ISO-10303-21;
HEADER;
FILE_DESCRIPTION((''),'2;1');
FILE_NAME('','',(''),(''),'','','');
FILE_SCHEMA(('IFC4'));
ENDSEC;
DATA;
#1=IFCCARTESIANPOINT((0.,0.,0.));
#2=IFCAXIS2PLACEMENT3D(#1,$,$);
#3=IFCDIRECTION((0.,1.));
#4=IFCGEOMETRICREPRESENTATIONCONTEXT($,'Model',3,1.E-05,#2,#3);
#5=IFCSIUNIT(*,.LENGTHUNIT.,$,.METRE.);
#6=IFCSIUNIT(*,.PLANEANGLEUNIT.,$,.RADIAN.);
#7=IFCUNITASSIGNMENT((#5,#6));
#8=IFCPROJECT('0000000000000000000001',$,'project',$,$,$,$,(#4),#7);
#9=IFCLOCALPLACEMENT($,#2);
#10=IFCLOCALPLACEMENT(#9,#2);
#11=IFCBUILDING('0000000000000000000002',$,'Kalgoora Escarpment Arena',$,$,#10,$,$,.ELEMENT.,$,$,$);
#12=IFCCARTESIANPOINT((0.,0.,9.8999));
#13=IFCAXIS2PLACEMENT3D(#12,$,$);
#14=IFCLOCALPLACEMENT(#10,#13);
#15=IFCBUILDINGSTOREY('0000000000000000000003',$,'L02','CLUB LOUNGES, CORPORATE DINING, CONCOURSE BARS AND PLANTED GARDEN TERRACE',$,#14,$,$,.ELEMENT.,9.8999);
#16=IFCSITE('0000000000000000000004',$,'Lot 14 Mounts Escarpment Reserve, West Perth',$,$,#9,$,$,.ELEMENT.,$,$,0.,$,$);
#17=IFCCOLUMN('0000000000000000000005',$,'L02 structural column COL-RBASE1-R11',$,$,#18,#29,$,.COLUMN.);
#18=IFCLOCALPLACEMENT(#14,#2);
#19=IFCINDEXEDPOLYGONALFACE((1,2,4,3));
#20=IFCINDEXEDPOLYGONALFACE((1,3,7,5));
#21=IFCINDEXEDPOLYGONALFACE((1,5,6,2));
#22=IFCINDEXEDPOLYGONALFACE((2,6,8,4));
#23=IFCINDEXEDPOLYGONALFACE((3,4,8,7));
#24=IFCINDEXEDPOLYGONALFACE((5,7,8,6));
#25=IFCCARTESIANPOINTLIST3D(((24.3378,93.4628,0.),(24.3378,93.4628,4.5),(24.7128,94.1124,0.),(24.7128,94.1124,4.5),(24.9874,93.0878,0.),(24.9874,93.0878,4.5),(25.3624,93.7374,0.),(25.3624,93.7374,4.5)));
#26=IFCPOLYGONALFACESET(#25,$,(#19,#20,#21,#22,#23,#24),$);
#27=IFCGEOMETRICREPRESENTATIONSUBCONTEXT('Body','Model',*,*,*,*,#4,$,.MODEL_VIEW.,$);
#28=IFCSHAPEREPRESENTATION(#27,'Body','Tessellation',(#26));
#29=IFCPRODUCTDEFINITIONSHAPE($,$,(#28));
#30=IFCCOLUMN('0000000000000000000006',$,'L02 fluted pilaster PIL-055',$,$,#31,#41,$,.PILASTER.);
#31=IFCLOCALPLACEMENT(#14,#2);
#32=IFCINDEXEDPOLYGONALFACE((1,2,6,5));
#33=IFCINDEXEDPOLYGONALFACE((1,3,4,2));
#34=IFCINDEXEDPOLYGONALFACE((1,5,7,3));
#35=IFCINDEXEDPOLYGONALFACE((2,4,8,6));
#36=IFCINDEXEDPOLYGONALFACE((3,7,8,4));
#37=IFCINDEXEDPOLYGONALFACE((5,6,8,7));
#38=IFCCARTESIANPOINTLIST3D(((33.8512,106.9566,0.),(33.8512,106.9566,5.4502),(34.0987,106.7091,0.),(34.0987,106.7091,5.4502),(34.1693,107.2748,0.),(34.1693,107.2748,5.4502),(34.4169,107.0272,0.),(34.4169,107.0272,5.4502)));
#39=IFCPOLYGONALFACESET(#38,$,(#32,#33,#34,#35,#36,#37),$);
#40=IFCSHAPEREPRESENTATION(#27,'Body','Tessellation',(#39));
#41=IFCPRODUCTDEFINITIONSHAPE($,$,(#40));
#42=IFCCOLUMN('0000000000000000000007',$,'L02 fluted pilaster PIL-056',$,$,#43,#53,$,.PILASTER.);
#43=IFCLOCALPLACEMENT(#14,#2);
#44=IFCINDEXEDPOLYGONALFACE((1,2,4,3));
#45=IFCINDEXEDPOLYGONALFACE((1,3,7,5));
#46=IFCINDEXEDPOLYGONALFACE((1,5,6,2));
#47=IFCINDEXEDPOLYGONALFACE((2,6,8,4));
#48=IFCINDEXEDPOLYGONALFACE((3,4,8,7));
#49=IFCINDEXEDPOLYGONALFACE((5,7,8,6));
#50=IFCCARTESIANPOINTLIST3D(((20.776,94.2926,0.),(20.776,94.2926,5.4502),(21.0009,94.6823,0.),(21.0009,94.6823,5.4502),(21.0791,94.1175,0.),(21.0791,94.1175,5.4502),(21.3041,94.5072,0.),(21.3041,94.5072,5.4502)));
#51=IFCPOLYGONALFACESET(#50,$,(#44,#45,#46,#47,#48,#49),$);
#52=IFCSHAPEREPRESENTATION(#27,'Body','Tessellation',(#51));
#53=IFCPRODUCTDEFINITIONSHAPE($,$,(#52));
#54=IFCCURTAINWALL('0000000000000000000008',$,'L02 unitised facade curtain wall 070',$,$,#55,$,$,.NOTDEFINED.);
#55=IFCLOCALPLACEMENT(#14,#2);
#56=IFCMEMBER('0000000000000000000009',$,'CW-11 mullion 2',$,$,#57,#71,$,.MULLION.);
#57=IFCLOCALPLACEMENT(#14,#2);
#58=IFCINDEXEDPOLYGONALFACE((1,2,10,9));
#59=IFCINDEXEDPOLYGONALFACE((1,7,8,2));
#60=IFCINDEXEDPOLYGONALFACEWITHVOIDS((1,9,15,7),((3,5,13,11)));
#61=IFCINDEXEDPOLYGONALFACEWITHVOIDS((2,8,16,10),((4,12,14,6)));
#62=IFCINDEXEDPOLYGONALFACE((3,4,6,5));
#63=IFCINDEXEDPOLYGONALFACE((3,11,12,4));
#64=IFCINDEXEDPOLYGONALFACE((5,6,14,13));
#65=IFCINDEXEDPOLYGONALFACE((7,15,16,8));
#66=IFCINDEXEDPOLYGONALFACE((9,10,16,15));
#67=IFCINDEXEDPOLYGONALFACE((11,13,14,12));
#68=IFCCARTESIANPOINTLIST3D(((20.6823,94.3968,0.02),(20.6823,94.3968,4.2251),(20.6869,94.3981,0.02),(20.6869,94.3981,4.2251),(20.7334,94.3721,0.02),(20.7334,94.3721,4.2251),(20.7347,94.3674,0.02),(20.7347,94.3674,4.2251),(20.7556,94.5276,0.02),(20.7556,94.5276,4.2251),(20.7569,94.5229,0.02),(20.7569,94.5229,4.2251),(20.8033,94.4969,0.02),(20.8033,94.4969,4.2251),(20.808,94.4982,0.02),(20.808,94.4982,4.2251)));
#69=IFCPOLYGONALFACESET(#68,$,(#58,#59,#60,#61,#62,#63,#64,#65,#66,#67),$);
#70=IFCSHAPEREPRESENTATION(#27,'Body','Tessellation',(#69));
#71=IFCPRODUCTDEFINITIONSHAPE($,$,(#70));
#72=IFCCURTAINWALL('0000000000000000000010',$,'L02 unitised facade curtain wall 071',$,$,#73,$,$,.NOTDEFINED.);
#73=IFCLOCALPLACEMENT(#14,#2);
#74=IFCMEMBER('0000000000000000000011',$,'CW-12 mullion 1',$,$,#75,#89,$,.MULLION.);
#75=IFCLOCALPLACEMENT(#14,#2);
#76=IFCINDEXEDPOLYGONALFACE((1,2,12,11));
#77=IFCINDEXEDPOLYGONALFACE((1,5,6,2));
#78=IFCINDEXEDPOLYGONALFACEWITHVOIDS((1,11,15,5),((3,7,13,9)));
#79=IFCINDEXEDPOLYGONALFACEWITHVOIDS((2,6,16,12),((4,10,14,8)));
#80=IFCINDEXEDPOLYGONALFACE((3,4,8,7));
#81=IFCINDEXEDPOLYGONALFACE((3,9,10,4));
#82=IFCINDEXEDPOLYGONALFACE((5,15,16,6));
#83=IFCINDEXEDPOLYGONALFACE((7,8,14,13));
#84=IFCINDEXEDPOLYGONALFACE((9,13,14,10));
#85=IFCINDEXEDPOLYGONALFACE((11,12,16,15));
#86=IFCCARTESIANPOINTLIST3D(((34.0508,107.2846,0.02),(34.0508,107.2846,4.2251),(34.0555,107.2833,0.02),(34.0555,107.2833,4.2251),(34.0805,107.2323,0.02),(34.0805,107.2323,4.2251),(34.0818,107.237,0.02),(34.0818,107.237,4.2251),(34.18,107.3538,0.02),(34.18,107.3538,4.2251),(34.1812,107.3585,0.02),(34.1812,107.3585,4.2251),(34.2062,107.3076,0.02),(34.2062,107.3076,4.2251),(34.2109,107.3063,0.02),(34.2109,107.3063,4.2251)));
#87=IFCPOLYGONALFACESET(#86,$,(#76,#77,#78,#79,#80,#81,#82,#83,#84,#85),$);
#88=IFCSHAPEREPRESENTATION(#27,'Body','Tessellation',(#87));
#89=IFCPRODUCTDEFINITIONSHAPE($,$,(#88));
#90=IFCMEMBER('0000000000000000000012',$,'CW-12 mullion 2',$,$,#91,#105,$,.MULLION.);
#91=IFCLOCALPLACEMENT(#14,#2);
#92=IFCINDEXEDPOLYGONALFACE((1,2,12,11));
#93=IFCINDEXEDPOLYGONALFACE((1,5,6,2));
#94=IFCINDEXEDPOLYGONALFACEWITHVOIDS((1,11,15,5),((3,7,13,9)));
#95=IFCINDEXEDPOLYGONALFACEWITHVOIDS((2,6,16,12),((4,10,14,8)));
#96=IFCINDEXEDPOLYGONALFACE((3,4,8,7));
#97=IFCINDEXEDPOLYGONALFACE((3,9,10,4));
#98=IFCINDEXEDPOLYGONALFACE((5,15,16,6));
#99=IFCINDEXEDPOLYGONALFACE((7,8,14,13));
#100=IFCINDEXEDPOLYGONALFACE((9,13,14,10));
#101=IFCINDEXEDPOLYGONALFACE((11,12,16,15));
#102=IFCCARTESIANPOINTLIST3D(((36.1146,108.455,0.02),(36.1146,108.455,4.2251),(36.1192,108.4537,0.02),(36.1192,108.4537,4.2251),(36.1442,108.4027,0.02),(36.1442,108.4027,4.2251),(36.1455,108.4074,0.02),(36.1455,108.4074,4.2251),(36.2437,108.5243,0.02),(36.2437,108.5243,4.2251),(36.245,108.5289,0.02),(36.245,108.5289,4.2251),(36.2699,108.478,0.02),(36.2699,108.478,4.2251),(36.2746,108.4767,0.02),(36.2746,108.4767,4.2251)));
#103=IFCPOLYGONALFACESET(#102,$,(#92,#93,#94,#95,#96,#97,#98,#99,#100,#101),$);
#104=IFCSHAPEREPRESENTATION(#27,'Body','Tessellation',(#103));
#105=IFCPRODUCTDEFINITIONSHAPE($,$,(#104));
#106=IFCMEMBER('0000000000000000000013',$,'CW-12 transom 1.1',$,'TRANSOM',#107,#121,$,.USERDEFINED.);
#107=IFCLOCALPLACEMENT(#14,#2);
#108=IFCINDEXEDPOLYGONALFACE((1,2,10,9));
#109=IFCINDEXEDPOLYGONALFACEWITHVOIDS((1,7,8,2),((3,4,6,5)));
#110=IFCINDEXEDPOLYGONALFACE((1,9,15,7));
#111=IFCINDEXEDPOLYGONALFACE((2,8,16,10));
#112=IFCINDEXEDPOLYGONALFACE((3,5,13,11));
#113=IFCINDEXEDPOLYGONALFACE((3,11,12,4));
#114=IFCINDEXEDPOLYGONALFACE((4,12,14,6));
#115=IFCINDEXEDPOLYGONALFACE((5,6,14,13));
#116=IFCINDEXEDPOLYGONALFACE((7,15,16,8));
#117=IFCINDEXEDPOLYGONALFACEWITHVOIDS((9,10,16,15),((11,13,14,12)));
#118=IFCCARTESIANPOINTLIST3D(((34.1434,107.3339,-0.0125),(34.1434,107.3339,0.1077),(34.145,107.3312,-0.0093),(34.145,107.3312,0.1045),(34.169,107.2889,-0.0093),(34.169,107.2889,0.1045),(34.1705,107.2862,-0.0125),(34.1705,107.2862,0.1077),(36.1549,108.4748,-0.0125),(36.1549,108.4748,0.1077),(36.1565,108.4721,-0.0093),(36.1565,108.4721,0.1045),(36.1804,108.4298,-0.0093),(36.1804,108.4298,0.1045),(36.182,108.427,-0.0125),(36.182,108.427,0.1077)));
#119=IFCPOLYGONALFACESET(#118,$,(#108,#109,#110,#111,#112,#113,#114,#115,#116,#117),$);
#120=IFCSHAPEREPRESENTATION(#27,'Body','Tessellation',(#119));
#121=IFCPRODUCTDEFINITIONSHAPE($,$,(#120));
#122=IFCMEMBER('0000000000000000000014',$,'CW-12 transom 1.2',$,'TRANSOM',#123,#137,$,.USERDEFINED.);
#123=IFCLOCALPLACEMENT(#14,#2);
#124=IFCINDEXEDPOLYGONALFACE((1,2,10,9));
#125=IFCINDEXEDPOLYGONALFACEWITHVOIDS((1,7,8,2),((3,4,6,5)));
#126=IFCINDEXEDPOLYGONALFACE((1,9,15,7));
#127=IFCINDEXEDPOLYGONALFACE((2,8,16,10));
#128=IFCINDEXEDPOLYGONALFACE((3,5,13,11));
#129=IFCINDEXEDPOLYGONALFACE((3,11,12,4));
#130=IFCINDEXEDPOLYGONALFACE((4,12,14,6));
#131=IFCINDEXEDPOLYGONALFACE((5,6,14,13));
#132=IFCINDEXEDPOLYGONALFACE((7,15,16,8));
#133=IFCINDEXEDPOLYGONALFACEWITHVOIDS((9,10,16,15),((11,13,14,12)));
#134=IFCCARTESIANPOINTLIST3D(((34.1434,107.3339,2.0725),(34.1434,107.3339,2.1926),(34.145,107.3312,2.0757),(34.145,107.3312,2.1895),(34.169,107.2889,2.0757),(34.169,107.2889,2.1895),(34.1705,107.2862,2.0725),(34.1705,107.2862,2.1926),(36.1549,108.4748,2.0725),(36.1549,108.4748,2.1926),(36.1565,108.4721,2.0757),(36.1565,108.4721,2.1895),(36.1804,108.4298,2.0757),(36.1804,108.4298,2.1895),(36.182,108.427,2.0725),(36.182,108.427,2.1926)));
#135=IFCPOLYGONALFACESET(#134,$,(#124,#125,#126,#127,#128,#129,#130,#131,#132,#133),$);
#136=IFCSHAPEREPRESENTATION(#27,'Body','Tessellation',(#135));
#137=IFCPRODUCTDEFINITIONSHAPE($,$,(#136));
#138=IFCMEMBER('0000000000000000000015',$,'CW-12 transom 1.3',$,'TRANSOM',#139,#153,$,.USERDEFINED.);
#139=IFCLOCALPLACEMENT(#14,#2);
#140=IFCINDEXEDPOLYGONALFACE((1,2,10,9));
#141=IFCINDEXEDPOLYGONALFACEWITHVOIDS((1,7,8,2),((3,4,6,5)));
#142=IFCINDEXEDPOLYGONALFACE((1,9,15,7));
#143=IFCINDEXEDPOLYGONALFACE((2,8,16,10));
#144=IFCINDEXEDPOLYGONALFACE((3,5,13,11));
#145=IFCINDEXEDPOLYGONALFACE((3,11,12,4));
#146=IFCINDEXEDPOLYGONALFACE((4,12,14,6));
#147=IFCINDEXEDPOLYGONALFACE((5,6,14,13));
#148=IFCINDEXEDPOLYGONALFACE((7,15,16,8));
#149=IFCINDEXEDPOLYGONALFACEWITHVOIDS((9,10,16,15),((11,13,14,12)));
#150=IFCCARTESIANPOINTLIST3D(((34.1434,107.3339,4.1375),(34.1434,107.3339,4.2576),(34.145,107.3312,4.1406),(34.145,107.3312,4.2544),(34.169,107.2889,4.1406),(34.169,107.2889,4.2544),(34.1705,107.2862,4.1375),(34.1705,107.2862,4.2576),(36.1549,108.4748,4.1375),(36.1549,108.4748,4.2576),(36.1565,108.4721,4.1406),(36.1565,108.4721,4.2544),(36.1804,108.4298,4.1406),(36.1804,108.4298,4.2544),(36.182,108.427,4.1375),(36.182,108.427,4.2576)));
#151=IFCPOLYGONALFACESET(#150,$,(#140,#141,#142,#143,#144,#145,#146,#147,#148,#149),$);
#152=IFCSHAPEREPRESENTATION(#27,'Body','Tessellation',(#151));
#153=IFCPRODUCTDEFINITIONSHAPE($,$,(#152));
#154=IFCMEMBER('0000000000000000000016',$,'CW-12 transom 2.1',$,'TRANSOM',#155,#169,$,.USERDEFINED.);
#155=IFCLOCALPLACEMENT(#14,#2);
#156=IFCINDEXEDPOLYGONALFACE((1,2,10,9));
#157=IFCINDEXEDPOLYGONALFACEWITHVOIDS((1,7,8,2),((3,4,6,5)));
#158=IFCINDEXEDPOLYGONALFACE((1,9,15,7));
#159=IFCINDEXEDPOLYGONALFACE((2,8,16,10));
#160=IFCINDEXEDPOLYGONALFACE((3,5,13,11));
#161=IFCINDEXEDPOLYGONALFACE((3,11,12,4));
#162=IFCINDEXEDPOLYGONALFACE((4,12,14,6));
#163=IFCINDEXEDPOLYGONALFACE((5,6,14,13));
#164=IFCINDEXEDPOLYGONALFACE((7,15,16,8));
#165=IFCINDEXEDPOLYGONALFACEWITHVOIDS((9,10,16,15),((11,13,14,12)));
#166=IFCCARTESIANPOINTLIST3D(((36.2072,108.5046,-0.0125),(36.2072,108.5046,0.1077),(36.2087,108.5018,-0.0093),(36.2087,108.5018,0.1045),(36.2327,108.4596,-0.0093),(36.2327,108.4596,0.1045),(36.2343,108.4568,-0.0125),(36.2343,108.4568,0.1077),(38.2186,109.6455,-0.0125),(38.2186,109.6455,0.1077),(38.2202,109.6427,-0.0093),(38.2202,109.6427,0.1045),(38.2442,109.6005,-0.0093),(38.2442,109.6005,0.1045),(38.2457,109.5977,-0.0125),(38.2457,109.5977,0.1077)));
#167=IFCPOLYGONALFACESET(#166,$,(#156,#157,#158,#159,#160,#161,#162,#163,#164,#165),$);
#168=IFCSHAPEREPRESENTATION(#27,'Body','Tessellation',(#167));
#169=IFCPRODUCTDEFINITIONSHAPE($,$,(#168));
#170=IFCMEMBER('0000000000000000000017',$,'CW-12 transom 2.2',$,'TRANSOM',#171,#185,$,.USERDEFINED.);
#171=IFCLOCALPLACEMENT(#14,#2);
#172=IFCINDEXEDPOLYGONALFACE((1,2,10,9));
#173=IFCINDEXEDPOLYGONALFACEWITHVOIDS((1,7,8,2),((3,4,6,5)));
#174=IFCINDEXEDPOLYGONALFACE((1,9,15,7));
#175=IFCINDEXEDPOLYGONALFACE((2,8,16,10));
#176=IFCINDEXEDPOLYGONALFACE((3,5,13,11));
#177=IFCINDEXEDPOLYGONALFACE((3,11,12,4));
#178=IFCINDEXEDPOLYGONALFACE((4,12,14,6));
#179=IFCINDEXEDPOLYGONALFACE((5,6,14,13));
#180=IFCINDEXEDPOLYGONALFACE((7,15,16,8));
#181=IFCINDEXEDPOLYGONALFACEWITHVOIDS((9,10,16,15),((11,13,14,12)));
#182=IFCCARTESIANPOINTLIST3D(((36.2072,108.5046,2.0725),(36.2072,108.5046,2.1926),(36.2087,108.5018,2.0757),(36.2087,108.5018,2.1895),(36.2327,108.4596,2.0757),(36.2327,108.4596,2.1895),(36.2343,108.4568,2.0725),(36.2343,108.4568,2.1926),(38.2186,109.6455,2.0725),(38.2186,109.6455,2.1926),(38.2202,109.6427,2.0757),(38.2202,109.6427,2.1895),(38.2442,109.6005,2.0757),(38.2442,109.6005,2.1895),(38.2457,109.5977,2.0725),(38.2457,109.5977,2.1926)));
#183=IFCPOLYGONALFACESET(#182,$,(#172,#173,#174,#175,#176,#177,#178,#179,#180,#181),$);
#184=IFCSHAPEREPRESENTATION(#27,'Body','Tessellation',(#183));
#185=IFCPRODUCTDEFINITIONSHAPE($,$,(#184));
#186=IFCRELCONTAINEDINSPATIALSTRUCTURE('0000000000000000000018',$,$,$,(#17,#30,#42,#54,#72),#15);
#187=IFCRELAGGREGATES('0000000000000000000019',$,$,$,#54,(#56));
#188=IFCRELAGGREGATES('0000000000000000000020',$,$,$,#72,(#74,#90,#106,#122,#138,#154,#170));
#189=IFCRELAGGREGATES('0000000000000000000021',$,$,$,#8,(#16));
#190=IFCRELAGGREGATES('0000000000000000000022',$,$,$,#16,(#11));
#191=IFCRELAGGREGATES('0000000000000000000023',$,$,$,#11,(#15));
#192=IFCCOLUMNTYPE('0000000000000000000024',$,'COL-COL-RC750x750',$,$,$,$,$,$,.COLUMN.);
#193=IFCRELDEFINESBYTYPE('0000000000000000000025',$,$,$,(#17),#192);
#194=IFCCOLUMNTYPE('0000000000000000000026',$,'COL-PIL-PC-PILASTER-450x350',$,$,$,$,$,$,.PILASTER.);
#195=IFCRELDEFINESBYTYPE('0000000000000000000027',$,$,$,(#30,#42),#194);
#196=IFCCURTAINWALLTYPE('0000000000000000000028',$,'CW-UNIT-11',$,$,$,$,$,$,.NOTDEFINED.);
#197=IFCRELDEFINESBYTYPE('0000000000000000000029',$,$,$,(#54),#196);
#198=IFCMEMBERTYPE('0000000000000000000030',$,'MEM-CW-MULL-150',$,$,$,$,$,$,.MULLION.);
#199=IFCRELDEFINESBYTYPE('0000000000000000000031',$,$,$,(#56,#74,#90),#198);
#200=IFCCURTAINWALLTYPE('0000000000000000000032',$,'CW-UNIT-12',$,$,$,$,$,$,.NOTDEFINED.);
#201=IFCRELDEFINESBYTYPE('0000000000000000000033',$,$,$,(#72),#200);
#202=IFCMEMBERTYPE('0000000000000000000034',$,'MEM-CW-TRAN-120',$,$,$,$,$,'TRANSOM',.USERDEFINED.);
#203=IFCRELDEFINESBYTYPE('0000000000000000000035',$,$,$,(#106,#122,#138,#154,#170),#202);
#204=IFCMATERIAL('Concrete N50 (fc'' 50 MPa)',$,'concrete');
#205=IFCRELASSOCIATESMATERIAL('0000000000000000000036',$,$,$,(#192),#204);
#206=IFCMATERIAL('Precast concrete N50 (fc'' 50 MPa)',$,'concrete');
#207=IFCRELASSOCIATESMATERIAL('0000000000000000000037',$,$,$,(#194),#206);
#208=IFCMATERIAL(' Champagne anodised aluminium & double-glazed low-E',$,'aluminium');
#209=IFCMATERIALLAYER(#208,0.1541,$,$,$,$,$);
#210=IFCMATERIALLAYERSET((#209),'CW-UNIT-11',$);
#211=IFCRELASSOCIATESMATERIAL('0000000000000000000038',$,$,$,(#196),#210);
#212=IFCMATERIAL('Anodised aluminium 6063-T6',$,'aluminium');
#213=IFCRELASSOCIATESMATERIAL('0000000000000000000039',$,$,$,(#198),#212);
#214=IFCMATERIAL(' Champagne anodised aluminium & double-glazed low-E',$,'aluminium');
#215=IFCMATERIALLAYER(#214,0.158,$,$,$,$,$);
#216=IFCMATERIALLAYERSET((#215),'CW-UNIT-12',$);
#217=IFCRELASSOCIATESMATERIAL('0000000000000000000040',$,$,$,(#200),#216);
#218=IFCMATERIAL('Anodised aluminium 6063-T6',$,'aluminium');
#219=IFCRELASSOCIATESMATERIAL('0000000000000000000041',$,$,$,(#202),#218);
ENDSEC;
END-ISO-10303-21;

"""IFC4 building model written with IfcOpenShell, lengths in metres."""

from ifc_helpers import new_model, si_unit, direction, frame, origin, origin_2d, place, context, subcontext, project, spatial, rectangle, hollow_rectangle, extrude, material, layer, layer_set, material_profile, profile_set, type_object, element, aggregate, save


model = new_model("IFC4")

# Units and contexts
model_context = context("Model", 3, precision=1e-05, world=origin(), true_north=direction((0.0, 1.0)))
body_context = subcontext(model_context, "Body", "Model", "MODEL_VIEW")
ifc_project = project(units=[si_unit("LENGTHUNIT", "METRE"), si_unit("PLANEANGLEUNIT", "RADIAN")], contexts=[model_context])

# Site, building, storey
site_placement = place(None, origin())
site = spatial("IfcSite", under=ifc_project, at=site_placement, Name="Lot 14 Mounts Escarpment Reserve, West Perth", CompositionType="ELEMENT", RefElevation=0.0)
building_placement = place(site_placement, origin())
building = spatial("IfcBuilding", under=site, at=building_placement, Name="Kalgoora Escarpment Arena", CompositionType="ELEMENT")
storey_placement = place(building_placement, frame((0.0, 0.0, 9.8999)))
storey = spatial("IfcBuildingStorey", under=building, at=storey_placement, Name="L02", Description="CLUB LOUNGES, CORPORATE DINING, CONCOURSE BARS AND PLANTED GARDEN TERRACE", CompositionType="ELEMENT", Elevation=9.8999)

# Columns
ifc_material_1 = material(Name="Concrete N50 (fc' 50 MPa)", Category="concrete")
ifc_material_profile_1 = material_profile(ifc_material_1, rectangle(XDim=0.75, YDim=0.75, at=origin_2d()))
ifc_profile_set_1 = profile_set([ifc_material_profile_1], Name="Concrete N50 (fc' 50 MPa)")
column_type_1 = type_object("IfcColumnType", Name="COL-COL-RC750x750", PredefinedType="COLUMN", material=ifc_profile_set_1)
column_placement = place(storey_placement, frame((24.8501, 93.6001, 0.0), z_axis=(0.0, 0.0, 1.0), x_axis=(-0.866025, 0.5, 0.0)))
element("IfcColumn", 1, at=column_placement, inside=storey, type_object=column_type_1, Name="L02 structural column COL-RBASE1-R11", PredefinedType="COLUMN", context=body_context, shape_type="SweptSolid", body=[
    extrude(rectangle(XDim=0.75, YDim=0.75, at=origin_2d()), origin(), (0.0, 0.0, 1.0), 4.5),
])
ifc_material_2 = material(Name="Precast concrete N50 (fc' 50 MPa)", Category="concrete")
ifc_material_profile_2 = material_profile(ifc_material_2, rectangle(XDim=0.3501, YDim=0.45, at=origin_2d()))
ifc_profile_set_2 = profile_set([ifc_material_profile_2], Name="Precast concrete N50 (fc' 50 MPa)")
column_type_2 = type_object("IfcColumnType", Name="COL-PIL-PC-PILASTER-450x350", PredefinedType="PILASTER", material=ifc_profile_set_2)
for number, where, z_axis, x_axis, name in (
    (2, (34.134, 106.9919, 0.0), (0.0, 0.0, 1.0), (-0.707107, 0.707107, 0.0), "L02 fluted pilaster PIL-055"),
    (3, (21.04, 94.3999, 0.0), (0.0, 0.0, 1.0), (-0.866025, 0.5, 0.0), "L02 fluted pilaster PIL-056"),
):
    element("IfcColumn", number, at=place(storey_placement, frame(where, z_axis=z_axis, x_axis=x_axis)), inside=storey, type_object=column_type_2, Name=name, PredefinedType="PILASTER", context=body_context, shape_type="SweptSolid", body=[
        extrude(rectangle(XDim=0.3501, YDim=0.45, at=origin_2d()), origin(), (0.0, 0.0, 1.0), 5.4502),
    ])

# Curtain wall, member
ifc_material_3 = material(Name=" Champagne anodised aluminium & double-glazed low-E", Category="aluminium")
ifc_layer_1 = layer(ifc_material_3, 0.1541)
ifc_layer_set_1 = layer_set([ifc_layer_1], Name="CW-UNIT-11")
curtain_wall_type_1 = type_object("IfcCurtainWallType", Name="CW-UNIT-11", PredefinedType="NOTDEFINED", material=ifc_layer_set_1)
curtain_wall_1_placement = place(storey_placement, origin())
curtain_wall_1 = element("IfcCurtainWall", 4, at=curtain_wall_1_placement, inside=storey, type_object=curtain_wall_type_1, Name="L02 unitised facade curtain wall 070", PredefinedType="NOTDEFINED")
ifc_material_4 = material(Name="Anodised aluminium 6063-T6", Category="aluminium")
ifc_material_profile_3 = material_profile(ifc_material_4, hollow_rectangle(XDim=0.0601, YDim=0.1499, WallThickness=0.0034, at=origin_2d()))
ifc_profile_set_3 = profile_set([ifc_material_profile_3], Name="Anodised aluminium 6063-T6")
member_type_1 = type_object("IfcMemberType", Name="MEM-CW-MULL-150", PredefinedType="MULLION", material=ifc_profile_set_3)
member_1_placement = place(storey_placement, frame((20.7451, 94.4475, 0.02), z_axis=(0.0, 0.0, 1.0), x_axis=(-0.872356, 0.488871, 0.0)))
member_1 = element("IfcMember", 5, at=member_1_placement, type_object=member_type_1, Name="CW-11 mullion 2", PredefinedType="MULLION", context=body_context, shape_type="SweptSolid", body=[
    extrude(hollow_rectangle(XDim=0.0601, YDim=0.1499, WallThickness=0.0034, at=origin_2d()), origin(), (0.0, 0.0, 1.0), 4.2051),
])
aggregate(curtain_wall_1, [member_1])

# Curtain wall, members
ifc_material_5 = material(Name=" Champagne anodised aluminium & double-glazed low-E", Category="aluminium")
ifc_layer_2 = layer(ifc_material_5, 0.158)
ifc_layer_set_2 = layer_set([ifc_layer_2], Name="CW-UNIT-12")
curtain_wall_type_2 = type_object("IfcCurtainWallType", Name="CW-UNIT-12", PredefinedType="NOTDEFINED", material=ifc_layer_set_2)
curtain_wall_2_placement = place(storey_placement, origin())
curtain_wall_2 = element("IfcCurtainWall", 6, at=curtain_wall_2_placement, inside=storey, type_object=curtain_wall_type_2, Name="L02 unitised facade curtain wall 071", PredefinedType="NOTDEFINED")
member_2_placement = place(storey_placement, frame((34.1309, 107.2954, 0.02), z_axis=(0.0, 0.0, 1.0), x_axis=(-0.493344, 0.869834, 0.0)))
member_2 = element("IfcMember", 7, at=member_2_placement, type_object=member_type_1, Name="CW-12 mullion 1", PredefinedType="MULLION", context=body_context, shape_type="SweptSolid", body=[
    extrude(hollow_rectangle(XDim=0.0601, YDim=0.1499, WallThickness=0.0034, at=origin_2d()), origin(), (0.0, 0.0, 1.0), 4.2051),
])
member_3_placement = place(storey_placement, frame((36.1946, 108.4658, 0.02), z_axis=(0.0, 0.0, 1.0), x_axis=(-0.493344, 0.869834, 0.0)))
member_3 = element("IfcMember", 8, at=member_3_placement, type_object=member_type_1, Name="CW-12 mullion 2", PredefinedType="MULLION", context=body_context, shape_type="SweptSolid", body=[
    extrude(hollow_rectangle(XDim=0.0601, YDim=0.1499, WallThickness=0.0034, at=origin_2d()), origin(), (0.0, 0.0, 1.0), 4.2051),
])
ifc_material_6 = material(Name="Anodised aluminium 6063-T6", Category="aluminium")
ifc_material_profile_4 = material_profile(ifc_material_6, hollow_rectangle(XDim=0.0549, YDim=0.1201, WallThickness=0.0032, at=origin_2d()))
ifc_profile_set_4 = profile_set([ifc_material_profile_4], Name="Anodised aluminium 6063-T6")
member_type_2 = type_object("IfcMemberType", Name="MEM-CW-TRAN-120", ElementType="TRANSOM", PredefinedType="USERDEFINED", material=ifc_profile_set_4)
member_4_placement = place(storey_placement, frame((34.157, 107.3101, 0.0476), z_axis=(0.86983, 0.493351, 0.0), x_axis=(-0.493351, 0.86983, 0.0)))
member_4 = element("IfcMember", 9, at=member_4_placement, type_object=member_type_2, Name="CW-12 transom 1.1", ObjectType="TRANSOM", PredefinedType="USERDEFINED", context=body_context, shape_type="SweptSolid", body=[
    extrude(hollow_rectangle(XDim=0.0549, YDim=0.1201, WallThickness=0.0032, at=origin_2d()), origin(), (0.0, 0.0, 1.0), 2.3125),
])
member_5_placement = place(storey_placement, frame((34.157, 107.3101, 2.1326), z_axis=(0.86983, 0.493351, 0.0), x_axis=(-0.493351, 0.86983, 0.0)))
member_5 = element("IfcMember", 10, at=member_5_placement, type_object=member_type_2, Name="CW-12 transom 1.2", ObjectType="TRANSOM", PredefinedType="USERDEFINED", context=body_context, shape_type="SweptSolid", body=[
    extrude(hollow_rectangle(XDim=0.0549, YDim=0.1201, WallThickness=0.0032, at=origin_2d()), origin(), (0.0, 0.0, 1.0), 2.3125),
])
member_6_placement = place(storey_placement, frame((34.157, 107.3101, 4.1975), z_axis=(0.86983, 0.493351, 0.0), x_axis=(-0.493351, 0.86983, 0.0)))
member_6 = element("IfcMember", 11, at=member_6_placement, type_object=member_type_2, Name="CW-12 transom 1.3", ObjectType="TRANSOM", PredefinedType="USERDEFINED", context=body_context, shape_type="SweptSolid", body=[
    extrude(hollow_rectangle(XDim=0.0549, YDim=0.1201, WallThickness=0.0032, at=origin_2d()), origin(), (0.0, 0.0, 1.0), 2.3125),
])
member_7_placement = place(storey_placement, frame((36.2207, 108.4807, 0.0476), z_axis=(0.86983, 0.493351, 0.0), x_axis=(-0.493351, 0.86983, 0.0)))
member_7 = element("IfcMember", 12, at=member_7_placement, type_object=member_type_2, Name="CW-12 transom 2.1", ObjectType="TRANSOM", PredefinedType="USERDEFINED", context=body_context, shape_type="SweptSolid", body=[
    extrude(hollow_rectangle(XDim=0.0549, YDim=0.1201, WallThickness=0.0032, at=origin_2d()), origin(), (0.0, 0.0, 1.0), 2.3125),
])
member_8_placement = place(storey_placement, frame((36.2207, 108.4807, 2.1326), z_axis=(0.86983, 0.493351, 0.0), x_axis=(-0.493351, 0.86983, 0.0)))
member_8 = element("IfcMember", 13, at=member_8_placement, type_object=member_type_2, Name="CW-12 transom 2.2", ObjectType="TRANSOM", PredefinedType="USERDEFINED", context=body_context, shape_type="SweptSolid", body=[
    extrude(hollow_rectangle(XDim=0.0549, YDim=0.1201, WallThickness=0.0032, at=origin_2d()), origin(), (0.0, 0.0, 1.0), 2.3125),
])
aggregate(curtain_wall_2, [member_2, member_3, member_4, member_5, member_6, member_7, member_8])

save(model, "model.ifc")
